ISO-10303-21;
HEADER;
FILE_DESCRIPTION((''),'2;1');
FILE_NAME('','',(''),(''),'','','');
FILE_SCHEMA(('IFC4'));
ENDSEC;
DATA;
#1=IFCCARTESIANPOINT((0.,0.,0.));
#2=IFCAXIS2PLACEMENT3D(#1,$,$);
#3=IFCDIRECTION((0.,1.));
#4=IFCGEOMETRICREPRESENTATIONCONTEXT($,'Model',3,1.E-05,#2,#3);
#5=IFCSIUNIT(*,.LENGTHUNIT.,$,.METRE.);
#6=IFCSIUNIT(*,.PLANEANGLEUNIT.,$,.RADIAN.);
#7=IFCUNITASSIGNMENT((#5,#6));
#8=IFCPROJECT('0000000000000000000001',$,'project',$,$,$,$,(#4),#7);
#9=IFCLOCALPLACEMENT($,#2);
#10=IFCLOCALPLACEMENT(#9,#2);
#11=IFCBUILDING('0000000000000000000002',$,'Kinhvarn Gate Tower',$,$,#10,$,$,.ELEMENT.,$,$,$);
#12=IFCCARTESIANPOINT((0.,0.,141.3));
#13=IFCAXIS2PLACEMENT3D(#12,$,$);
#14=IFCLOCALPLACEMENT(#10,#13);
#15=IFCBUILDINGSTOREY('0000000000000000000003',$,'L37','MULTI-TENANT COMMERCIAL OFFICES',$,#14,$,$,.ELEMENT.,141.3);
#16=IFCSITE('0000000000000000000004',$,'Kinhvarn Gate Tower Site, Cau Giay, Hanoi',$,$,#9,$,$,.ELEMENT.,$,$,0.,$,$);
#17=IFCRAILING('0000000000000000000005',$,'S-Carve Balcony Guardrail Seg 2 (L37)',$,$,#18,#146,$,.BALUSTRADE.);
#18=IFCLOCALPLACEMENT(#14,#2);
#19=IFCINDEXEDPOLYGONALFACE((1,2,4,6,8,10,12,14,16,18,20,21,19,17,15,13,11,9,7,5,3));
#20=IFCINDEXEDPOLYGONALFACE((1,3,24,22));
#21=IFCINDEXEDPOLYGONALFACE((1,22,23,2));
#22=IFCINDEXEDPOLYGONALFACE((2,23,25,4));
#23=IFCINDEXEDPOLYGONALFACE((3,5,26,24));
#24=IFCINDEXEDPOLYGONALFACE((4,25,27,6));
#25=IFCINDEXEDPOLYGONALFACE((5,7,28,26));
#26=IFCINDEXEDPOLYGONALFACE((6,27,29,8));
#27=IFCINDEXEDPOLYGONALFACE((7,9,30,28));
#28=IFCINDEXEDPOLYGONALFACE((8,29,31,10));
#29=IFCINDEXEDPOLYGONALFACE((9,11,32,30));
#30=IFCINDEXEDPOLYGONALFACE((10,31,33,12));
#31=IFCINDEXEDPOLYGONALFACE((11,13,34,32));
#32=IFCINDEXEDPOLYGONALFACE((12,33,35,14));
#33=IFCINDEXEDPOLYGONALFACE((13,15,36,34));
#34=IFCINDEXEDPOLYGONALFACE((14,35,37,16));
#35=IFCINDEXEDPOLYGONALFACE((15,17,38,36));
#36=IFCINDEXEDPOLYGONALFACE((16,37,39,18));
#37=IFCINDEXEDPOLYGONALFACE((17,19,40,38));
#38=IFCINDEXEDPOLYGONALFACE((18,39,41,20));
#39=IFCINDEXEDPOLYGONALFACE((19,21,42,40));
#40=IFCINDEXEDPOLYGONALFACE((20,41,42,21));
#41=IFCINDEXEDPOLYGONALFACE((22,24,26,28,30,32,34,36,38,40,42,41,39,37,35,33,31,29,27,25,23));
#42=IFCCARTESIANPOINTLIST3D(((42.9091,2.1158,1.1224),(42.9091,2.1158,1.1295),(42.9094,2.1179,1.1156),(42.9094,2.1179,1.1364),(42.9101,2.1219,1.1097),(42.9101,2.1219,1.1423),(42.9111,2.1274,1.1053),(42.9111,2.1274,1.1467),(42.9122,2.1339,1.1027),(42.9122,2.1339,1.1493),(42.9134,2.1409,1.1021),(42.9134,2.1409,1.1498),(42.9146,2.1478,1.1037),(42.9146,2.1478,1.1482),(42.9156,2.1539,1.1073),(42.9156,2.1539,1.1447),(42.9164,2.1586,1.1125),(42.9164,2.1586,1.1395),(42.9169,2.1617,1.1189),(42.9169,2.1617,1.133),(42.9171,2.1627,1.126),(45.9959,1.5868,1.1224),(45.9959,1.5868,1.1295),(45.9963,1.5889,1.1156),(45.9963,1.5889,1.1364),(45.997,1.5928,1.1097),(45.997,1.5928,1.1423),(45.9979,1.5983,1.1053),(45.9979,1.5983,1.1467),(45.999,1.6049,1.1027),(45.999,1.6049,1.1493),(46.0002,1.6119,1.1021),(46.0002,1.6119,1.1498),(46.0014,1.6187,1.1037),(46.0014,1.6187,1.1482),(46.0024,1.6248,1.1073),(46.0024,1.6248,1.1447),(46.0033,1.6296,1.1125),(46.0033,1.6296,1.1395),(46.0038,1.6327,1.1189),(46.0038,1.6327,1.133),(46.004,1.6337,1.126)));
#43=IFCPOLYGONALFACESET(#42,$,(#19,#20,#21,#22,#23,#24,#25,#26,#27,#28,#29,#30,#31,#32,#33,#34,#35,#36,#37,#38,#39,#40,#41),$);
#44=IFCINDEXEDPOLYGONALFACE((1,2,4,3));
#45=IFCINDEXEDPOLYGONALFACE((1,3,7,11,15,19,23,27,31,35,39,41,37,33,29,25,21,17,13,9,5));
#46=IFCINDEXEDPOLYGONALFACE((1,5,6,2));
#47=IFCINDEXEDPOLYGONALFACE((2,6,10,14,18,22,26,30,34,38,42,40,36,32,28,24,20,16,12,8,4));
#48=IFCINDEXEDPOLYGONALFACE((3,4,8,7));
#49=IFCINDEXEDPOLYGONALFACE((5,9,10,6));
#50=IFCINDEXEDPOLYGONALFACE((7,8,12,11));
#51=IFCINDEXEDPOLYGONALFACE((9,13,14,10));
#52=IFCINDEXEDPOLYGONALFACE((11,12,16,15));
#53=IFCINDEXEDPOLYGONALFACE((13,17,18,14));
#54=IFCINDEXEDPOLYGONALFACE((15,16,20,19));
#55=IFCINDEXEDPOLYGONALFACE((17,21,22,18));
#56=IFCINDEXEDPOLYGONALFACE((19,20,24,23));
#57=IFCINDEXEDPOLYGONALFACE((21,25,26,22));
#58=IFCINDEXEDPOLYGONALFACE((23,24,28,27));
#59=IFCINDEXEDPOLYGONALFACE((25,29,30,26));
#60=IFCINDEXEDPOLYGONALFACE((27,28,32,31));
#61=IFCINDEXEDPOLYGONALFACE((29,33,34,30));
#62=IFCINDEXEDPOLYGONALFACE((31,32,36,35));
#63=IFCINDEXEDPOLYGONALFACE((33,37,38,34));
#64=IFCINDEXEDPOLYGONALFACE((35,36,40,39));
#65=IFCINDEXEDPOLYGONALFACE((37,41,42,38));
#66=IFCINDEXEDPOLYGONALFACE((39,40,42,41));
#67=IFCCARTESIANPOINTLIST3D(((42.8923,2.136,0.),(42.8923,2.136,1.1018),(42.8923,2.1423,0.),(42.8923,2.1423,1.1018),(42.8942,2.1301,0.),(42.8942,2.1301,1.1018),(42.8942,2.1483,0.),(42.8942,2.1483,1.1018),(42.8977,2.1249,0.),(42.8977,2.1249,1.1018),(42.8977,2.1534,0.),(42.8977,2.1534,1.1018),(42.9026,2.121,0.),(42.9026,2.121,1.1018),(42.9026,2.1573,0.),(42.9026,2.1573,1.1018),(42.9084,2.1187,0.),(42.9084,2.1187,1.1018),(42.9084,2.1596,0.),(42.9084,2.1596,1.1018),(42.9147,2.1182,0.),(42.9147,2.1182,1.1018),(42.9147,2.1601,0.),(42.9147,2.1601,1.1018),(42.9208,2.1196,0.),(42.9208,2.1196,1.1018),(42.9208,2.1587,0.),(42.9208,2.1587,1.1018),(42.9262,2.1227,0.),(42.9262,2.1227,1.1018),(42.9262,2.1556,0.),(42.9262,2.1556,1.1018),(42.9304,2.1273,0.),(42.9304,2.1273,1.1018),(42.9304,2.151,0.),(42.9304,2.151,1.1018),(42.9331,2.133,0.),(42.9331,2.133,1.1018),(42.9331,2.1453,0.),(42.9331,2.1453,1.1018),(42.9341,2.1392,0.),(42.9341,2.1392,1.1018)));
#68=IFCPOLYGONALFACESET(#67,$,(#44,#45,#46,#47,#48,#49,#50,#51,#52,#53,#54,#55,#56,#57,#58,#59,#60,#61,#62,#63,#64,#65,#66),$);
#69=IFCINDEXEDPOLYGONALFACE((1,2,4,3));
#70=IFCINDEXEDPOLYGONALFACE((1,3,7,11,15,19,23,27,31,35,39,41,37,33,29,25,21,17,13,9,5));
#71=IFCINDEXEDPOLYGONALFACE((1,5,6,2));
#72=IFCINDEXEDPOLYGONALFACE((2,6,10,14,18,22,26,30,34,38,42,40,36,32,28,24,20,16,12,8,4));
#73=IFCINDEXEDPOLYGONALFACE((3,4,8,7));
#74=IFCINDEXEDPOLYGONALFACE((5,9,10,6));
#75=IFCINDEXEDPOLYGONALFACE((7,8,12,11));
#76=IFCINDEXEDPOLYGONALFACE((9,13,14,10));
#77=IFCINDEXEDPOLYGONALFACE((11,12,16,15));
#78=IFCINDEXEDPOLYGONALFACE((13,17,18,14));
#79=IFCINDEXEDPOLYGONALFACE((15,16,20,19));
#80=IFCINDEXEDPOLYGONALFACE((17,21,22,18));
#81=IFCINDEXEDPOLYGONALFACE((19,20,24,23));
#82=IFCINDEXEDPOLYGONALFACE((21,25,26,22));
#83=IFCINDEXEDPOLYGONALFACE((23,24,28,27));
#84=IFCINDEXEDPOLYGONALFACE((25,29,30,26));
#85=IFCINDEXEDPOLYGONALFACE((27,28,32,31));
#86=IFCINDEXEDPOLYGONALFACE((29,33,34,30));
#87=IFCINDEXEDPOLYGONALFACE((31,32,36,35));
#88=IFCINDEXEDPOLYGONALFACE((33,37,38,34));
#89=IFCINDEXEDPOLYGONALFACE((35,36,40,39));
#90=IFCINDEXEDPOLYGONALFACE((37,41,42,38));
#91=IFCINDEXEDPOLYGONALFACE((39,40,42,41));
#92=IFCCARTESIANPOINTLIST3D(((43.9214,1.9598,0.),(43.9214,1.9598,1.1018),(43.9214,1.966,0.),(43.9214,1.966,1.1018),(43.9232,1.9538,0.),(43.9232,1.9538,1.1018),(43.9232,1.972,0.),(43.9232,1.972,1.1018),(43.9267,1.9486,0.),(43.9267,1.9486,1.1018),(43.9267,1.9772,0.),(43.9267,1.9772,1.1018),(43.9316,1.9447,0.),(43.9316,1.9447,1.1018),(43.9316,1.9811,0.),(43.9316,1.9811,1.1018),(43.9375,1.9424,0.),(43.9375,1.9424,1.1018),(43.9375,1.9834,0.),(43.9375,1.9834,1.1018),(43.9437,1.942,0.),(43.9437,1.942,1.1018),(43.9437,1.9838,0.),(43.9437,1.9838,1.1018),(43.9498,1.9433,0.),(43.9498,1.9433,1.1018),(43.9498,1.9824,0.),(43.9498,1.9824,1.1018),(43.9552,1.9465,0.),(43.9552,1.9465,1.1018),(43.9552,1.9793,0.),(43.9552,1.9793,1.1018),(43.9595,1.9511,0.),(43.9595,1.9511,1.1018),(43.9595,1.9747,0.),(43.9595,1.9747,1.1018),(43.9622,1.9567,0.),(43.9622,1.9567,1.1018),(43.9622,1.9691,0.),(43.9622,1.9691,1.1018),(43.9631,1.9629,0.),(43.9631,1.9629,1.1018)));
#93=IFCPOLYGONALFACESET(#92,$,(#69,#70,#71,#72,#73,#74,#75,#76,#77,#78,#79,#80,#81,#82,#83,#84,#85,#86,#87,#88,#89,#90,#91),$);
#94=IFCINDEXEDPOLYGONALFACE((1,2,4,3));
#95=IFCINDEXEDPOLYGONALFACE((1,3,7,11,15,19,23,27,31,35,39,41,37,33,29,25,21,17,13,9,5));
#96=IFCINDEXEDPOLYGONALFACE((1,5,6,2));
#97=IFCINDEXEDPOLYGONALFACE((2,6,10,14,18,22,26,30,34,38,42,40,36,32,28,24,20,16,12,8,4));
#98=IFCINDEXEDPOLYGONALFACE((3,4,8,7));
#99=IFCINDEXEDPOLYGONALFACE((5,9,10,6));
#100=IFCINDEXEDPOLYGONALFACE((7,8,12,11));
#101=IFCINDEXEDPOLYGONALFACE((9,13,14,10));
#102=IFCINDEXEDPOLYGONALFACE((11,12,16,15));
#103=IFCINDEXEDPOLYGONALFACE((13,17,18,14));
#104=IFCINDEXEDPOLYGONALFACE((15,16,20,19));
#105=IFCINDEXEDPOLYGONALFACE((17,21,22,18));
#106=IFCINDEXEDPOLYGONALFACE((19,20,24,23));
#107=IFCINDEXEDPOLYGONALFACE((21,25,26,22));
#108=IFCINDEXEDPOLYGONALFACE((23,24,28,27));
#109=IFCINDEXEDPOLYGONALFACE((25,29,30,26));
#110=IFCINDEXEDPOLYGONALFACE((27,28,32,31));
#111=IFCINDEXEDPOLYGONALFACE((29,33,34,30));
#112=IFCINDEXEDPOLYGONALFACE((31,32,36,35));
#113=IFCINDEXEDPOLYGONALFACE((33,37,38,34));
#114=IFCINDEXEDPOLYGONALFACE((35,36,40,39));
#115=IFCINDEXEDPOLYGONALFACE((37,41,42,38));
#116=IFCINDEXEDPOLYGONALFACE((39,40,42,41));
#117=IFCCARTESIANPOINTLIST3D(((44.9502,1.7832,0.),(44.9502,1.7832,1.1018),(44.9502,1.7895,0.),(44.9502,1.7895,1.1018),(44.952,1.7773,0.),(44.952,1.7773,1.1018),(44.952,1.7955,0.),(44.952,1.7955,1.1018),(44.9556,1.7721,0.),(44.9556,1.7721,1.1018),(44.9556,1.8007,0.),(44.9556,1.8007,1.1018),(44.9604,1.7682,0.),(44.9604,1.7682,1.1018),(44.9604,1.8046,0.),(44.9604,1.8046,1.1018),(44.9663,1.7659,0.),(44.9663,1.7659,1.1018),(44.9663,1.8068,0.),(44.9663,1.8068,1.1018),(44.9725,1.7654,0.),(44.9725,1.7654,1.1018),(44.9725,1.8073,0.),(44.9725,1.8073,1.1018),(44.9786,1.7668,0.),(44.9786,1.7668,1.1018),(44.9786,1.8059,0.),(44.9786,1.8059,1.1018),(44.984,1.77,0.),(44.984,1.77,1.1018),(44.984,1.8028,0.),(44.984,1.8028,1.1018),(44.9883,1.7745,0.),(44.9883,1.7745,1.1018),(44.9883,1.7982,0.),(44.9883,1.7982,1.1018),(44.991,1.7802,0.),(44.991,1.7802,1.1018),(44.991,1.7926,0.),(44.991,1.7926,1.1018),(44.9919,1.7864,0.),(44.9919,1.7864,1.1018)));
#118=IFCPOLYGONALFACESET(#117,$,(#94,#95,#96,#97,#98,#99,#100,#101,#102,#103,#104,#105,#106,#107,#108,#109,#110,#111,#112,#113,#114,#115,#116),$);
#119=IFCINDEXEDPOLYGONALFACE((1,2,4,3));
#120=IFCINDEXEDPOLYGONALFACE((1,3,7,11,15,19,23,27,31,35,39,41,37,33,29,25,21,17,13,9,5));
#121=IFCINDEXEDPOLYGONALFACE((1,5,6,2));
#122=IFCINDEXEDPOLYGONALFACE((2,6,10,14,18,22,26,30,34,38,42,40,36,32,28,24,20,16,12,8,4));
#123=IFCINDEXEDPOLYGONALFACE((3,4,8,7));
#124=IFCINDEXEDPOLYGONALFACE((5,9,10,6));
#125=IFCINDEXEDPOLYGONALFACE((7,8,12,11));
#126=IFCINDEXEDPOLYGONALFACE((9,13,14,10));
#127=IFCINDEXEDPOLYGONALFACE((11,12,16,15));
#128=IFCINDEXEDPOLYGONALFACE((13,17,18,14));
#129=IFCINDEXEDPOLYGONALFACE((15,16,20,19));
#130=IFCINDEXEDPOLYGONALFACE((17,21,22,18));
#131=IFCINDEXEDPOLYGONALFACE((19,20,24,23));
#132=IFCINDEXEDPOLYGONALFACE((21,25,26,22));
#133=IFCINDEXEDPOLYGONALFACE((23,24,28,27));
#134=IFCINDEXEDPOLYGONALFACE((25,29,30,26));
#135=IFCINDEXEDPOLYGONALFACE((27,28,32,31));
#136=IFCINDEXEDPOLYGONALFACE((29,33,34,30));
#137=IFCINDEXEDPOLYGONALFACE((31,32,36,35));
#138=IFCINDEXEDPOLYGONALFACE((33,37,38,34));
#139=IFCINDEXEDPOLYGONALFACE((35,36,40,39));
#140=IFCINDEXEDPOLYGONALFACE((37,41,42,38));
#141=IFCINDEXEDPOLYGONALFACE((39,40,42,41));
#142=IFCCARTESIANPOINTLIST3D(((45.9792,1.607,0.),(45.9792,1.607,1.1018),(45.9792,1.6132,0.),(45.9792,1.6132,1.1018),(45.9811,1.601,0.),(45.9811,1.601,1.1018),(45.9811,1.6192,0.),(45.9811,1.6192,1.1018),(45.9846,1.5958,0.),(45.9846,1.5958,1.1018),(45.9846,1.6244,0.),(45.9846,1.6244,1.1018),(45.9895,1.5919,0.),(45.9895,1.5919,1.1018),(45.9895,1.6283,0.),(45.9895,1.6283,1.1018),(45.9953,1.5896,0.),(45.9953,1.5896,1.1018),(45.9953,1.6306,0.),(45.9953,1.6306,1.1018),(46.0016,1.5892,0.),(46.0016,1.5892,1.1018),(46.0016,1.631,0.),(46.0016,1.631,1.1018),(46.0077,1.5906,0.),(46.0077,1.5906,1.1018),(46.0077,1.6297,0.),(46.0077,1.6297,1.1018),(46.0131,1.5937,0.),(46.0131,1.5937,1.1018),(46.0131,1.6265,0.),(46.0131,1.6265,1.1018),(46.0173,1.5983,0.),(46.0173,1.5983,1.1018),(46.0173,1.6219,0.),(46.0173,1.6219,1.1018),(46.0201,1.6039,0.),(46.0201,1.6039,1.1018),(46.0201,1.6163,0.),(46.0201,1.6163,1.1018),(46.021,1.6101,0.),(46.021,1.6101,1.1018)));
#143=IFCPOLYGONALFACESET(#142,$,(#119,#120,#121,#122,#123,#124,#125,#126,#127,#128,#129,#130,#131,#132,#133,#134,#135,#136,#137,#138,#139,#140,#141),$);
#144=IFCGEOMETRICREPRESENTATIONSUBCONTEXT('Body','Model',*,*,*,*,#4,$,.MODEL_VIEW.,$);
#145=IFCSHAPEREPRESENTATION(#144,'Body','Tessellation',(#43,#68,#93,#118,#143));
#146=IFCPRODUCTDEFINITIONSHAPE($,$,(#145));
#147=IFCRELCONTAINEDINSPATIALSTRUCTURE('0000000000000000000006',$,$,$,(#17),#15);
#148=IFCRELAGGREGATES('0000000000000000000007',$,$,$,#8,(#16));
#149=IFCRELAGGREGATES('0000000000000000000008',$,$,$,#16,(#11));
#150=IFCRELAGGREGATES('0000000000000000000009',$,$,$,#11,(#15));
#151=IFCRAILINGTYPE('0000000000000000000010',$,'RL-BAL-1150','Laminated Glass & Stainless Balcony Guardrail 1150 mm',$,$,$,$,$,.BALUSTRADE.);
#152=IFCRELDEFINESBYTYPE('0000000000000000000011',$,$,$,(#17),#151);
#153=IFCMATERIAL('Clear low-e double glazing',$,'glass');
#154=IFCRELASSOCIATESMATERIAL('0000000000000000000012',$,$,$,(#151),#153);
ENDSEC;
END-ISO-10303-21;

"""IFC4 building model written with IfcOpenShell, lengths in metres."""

from ifc_helpers import new_model, si_unit, direction, frame, origin, origin_2d, place, context, subcontext, project, spatial, circle, extrude, material, type_object, element, save


model = new_model("IFC4")

# Units and contexts
model_context = context("Model", 3, precision=1e-05, world=origin(), true_north=direction((0.0, 1.0)))
body_context = subcontext(model_context, "Body", "Model", "MODEL_VIEW")
ifc_project = project(units=[si_unit("LENGTHUNIT", "METRE"), si_unit("PLANEANGLEUNIT", "RADIAN")], contexts=[model_context])

# Site, building, storey
site_placement = place(None, origin())
site = spatial("IfcSite", under=ifc_project, at=site_placement, Name="Kinhvarn Gate Tower Site, Cau Giay, Hanoi", CompositionType="ELEMENT", RefElevation=0.0)
building_placement = place(site_placement, origin())
building = spatial("IfcBuilding", under=site, at=building_placement, Name="Kinhvarn Gate Tower", CompositionType="ELEMENT")
storey_placement = place(building_placement, frame((0.0, 0.0, 141.3)))
storey = spatial("IfcBuildingStorey", under=building, at=storey_placement, Name="L37", Description="MULTI-TENANT COMMERCIAL OFFICES", CompositionType="ELEMENT", Elevation=141.3)

# Shared definitions
ifc_material_1 = material(Name="Clear low-e double glazing", Category="glass")

# Railing
railing_type = type_object("IfcRailingType", Name="RL-BAL-1150", Description="Laminated Glass & Stainless Balcony Guardrail 1150 mm", PredefinedType="BALUSTRADE", material=ifc_material_1)
railing_1_placement = place(storey_placement, frame((42.9131, 2.1392, 0.0)))
element("IfcRailing", 1, at=railing_1_placement, inside=storey, type_object=railing_type, Name="S-Carve Balcony Guardrail Seg 2 (L37)", PredefinedType="BALUSTRADE", context=body_context, shape_type="SweptSolid", body=[
    extrude(circle(Radius=0.0239, at=origin_2d()), frame((0.0, 0.0, 1.126), z_axis=(0.985629, -0.168923, 0.0), x_axis=(0.168923, 0.985629, 0.0)), (0.0, 0.0, 1.0), 3.1318),
    extrude(circle(Radius=0.021, at=origin_2d()), origin(), (0.0, 0.0, 1.0), 1.1018),
    extrude(circle(Radius=0.021, at=origin_2d()), frame((1.0291, -0.1763, 0.0)), (0.0, 0.0, 1.0), 1.1018),
    extrude(circle(Radius=0.021, at=origin_2d()), frame((2.0579, -0.3528, 0.0)), (0.0, 0.0, 1.0), 1.1018),
    extrude(circle(Radius=0.021, at=origin_2d()), frame((3.0869, -0.5291, 0.0)), (0.0, 0.0, 1.0), 1.1018),
])

save(model, "model.ifc")
